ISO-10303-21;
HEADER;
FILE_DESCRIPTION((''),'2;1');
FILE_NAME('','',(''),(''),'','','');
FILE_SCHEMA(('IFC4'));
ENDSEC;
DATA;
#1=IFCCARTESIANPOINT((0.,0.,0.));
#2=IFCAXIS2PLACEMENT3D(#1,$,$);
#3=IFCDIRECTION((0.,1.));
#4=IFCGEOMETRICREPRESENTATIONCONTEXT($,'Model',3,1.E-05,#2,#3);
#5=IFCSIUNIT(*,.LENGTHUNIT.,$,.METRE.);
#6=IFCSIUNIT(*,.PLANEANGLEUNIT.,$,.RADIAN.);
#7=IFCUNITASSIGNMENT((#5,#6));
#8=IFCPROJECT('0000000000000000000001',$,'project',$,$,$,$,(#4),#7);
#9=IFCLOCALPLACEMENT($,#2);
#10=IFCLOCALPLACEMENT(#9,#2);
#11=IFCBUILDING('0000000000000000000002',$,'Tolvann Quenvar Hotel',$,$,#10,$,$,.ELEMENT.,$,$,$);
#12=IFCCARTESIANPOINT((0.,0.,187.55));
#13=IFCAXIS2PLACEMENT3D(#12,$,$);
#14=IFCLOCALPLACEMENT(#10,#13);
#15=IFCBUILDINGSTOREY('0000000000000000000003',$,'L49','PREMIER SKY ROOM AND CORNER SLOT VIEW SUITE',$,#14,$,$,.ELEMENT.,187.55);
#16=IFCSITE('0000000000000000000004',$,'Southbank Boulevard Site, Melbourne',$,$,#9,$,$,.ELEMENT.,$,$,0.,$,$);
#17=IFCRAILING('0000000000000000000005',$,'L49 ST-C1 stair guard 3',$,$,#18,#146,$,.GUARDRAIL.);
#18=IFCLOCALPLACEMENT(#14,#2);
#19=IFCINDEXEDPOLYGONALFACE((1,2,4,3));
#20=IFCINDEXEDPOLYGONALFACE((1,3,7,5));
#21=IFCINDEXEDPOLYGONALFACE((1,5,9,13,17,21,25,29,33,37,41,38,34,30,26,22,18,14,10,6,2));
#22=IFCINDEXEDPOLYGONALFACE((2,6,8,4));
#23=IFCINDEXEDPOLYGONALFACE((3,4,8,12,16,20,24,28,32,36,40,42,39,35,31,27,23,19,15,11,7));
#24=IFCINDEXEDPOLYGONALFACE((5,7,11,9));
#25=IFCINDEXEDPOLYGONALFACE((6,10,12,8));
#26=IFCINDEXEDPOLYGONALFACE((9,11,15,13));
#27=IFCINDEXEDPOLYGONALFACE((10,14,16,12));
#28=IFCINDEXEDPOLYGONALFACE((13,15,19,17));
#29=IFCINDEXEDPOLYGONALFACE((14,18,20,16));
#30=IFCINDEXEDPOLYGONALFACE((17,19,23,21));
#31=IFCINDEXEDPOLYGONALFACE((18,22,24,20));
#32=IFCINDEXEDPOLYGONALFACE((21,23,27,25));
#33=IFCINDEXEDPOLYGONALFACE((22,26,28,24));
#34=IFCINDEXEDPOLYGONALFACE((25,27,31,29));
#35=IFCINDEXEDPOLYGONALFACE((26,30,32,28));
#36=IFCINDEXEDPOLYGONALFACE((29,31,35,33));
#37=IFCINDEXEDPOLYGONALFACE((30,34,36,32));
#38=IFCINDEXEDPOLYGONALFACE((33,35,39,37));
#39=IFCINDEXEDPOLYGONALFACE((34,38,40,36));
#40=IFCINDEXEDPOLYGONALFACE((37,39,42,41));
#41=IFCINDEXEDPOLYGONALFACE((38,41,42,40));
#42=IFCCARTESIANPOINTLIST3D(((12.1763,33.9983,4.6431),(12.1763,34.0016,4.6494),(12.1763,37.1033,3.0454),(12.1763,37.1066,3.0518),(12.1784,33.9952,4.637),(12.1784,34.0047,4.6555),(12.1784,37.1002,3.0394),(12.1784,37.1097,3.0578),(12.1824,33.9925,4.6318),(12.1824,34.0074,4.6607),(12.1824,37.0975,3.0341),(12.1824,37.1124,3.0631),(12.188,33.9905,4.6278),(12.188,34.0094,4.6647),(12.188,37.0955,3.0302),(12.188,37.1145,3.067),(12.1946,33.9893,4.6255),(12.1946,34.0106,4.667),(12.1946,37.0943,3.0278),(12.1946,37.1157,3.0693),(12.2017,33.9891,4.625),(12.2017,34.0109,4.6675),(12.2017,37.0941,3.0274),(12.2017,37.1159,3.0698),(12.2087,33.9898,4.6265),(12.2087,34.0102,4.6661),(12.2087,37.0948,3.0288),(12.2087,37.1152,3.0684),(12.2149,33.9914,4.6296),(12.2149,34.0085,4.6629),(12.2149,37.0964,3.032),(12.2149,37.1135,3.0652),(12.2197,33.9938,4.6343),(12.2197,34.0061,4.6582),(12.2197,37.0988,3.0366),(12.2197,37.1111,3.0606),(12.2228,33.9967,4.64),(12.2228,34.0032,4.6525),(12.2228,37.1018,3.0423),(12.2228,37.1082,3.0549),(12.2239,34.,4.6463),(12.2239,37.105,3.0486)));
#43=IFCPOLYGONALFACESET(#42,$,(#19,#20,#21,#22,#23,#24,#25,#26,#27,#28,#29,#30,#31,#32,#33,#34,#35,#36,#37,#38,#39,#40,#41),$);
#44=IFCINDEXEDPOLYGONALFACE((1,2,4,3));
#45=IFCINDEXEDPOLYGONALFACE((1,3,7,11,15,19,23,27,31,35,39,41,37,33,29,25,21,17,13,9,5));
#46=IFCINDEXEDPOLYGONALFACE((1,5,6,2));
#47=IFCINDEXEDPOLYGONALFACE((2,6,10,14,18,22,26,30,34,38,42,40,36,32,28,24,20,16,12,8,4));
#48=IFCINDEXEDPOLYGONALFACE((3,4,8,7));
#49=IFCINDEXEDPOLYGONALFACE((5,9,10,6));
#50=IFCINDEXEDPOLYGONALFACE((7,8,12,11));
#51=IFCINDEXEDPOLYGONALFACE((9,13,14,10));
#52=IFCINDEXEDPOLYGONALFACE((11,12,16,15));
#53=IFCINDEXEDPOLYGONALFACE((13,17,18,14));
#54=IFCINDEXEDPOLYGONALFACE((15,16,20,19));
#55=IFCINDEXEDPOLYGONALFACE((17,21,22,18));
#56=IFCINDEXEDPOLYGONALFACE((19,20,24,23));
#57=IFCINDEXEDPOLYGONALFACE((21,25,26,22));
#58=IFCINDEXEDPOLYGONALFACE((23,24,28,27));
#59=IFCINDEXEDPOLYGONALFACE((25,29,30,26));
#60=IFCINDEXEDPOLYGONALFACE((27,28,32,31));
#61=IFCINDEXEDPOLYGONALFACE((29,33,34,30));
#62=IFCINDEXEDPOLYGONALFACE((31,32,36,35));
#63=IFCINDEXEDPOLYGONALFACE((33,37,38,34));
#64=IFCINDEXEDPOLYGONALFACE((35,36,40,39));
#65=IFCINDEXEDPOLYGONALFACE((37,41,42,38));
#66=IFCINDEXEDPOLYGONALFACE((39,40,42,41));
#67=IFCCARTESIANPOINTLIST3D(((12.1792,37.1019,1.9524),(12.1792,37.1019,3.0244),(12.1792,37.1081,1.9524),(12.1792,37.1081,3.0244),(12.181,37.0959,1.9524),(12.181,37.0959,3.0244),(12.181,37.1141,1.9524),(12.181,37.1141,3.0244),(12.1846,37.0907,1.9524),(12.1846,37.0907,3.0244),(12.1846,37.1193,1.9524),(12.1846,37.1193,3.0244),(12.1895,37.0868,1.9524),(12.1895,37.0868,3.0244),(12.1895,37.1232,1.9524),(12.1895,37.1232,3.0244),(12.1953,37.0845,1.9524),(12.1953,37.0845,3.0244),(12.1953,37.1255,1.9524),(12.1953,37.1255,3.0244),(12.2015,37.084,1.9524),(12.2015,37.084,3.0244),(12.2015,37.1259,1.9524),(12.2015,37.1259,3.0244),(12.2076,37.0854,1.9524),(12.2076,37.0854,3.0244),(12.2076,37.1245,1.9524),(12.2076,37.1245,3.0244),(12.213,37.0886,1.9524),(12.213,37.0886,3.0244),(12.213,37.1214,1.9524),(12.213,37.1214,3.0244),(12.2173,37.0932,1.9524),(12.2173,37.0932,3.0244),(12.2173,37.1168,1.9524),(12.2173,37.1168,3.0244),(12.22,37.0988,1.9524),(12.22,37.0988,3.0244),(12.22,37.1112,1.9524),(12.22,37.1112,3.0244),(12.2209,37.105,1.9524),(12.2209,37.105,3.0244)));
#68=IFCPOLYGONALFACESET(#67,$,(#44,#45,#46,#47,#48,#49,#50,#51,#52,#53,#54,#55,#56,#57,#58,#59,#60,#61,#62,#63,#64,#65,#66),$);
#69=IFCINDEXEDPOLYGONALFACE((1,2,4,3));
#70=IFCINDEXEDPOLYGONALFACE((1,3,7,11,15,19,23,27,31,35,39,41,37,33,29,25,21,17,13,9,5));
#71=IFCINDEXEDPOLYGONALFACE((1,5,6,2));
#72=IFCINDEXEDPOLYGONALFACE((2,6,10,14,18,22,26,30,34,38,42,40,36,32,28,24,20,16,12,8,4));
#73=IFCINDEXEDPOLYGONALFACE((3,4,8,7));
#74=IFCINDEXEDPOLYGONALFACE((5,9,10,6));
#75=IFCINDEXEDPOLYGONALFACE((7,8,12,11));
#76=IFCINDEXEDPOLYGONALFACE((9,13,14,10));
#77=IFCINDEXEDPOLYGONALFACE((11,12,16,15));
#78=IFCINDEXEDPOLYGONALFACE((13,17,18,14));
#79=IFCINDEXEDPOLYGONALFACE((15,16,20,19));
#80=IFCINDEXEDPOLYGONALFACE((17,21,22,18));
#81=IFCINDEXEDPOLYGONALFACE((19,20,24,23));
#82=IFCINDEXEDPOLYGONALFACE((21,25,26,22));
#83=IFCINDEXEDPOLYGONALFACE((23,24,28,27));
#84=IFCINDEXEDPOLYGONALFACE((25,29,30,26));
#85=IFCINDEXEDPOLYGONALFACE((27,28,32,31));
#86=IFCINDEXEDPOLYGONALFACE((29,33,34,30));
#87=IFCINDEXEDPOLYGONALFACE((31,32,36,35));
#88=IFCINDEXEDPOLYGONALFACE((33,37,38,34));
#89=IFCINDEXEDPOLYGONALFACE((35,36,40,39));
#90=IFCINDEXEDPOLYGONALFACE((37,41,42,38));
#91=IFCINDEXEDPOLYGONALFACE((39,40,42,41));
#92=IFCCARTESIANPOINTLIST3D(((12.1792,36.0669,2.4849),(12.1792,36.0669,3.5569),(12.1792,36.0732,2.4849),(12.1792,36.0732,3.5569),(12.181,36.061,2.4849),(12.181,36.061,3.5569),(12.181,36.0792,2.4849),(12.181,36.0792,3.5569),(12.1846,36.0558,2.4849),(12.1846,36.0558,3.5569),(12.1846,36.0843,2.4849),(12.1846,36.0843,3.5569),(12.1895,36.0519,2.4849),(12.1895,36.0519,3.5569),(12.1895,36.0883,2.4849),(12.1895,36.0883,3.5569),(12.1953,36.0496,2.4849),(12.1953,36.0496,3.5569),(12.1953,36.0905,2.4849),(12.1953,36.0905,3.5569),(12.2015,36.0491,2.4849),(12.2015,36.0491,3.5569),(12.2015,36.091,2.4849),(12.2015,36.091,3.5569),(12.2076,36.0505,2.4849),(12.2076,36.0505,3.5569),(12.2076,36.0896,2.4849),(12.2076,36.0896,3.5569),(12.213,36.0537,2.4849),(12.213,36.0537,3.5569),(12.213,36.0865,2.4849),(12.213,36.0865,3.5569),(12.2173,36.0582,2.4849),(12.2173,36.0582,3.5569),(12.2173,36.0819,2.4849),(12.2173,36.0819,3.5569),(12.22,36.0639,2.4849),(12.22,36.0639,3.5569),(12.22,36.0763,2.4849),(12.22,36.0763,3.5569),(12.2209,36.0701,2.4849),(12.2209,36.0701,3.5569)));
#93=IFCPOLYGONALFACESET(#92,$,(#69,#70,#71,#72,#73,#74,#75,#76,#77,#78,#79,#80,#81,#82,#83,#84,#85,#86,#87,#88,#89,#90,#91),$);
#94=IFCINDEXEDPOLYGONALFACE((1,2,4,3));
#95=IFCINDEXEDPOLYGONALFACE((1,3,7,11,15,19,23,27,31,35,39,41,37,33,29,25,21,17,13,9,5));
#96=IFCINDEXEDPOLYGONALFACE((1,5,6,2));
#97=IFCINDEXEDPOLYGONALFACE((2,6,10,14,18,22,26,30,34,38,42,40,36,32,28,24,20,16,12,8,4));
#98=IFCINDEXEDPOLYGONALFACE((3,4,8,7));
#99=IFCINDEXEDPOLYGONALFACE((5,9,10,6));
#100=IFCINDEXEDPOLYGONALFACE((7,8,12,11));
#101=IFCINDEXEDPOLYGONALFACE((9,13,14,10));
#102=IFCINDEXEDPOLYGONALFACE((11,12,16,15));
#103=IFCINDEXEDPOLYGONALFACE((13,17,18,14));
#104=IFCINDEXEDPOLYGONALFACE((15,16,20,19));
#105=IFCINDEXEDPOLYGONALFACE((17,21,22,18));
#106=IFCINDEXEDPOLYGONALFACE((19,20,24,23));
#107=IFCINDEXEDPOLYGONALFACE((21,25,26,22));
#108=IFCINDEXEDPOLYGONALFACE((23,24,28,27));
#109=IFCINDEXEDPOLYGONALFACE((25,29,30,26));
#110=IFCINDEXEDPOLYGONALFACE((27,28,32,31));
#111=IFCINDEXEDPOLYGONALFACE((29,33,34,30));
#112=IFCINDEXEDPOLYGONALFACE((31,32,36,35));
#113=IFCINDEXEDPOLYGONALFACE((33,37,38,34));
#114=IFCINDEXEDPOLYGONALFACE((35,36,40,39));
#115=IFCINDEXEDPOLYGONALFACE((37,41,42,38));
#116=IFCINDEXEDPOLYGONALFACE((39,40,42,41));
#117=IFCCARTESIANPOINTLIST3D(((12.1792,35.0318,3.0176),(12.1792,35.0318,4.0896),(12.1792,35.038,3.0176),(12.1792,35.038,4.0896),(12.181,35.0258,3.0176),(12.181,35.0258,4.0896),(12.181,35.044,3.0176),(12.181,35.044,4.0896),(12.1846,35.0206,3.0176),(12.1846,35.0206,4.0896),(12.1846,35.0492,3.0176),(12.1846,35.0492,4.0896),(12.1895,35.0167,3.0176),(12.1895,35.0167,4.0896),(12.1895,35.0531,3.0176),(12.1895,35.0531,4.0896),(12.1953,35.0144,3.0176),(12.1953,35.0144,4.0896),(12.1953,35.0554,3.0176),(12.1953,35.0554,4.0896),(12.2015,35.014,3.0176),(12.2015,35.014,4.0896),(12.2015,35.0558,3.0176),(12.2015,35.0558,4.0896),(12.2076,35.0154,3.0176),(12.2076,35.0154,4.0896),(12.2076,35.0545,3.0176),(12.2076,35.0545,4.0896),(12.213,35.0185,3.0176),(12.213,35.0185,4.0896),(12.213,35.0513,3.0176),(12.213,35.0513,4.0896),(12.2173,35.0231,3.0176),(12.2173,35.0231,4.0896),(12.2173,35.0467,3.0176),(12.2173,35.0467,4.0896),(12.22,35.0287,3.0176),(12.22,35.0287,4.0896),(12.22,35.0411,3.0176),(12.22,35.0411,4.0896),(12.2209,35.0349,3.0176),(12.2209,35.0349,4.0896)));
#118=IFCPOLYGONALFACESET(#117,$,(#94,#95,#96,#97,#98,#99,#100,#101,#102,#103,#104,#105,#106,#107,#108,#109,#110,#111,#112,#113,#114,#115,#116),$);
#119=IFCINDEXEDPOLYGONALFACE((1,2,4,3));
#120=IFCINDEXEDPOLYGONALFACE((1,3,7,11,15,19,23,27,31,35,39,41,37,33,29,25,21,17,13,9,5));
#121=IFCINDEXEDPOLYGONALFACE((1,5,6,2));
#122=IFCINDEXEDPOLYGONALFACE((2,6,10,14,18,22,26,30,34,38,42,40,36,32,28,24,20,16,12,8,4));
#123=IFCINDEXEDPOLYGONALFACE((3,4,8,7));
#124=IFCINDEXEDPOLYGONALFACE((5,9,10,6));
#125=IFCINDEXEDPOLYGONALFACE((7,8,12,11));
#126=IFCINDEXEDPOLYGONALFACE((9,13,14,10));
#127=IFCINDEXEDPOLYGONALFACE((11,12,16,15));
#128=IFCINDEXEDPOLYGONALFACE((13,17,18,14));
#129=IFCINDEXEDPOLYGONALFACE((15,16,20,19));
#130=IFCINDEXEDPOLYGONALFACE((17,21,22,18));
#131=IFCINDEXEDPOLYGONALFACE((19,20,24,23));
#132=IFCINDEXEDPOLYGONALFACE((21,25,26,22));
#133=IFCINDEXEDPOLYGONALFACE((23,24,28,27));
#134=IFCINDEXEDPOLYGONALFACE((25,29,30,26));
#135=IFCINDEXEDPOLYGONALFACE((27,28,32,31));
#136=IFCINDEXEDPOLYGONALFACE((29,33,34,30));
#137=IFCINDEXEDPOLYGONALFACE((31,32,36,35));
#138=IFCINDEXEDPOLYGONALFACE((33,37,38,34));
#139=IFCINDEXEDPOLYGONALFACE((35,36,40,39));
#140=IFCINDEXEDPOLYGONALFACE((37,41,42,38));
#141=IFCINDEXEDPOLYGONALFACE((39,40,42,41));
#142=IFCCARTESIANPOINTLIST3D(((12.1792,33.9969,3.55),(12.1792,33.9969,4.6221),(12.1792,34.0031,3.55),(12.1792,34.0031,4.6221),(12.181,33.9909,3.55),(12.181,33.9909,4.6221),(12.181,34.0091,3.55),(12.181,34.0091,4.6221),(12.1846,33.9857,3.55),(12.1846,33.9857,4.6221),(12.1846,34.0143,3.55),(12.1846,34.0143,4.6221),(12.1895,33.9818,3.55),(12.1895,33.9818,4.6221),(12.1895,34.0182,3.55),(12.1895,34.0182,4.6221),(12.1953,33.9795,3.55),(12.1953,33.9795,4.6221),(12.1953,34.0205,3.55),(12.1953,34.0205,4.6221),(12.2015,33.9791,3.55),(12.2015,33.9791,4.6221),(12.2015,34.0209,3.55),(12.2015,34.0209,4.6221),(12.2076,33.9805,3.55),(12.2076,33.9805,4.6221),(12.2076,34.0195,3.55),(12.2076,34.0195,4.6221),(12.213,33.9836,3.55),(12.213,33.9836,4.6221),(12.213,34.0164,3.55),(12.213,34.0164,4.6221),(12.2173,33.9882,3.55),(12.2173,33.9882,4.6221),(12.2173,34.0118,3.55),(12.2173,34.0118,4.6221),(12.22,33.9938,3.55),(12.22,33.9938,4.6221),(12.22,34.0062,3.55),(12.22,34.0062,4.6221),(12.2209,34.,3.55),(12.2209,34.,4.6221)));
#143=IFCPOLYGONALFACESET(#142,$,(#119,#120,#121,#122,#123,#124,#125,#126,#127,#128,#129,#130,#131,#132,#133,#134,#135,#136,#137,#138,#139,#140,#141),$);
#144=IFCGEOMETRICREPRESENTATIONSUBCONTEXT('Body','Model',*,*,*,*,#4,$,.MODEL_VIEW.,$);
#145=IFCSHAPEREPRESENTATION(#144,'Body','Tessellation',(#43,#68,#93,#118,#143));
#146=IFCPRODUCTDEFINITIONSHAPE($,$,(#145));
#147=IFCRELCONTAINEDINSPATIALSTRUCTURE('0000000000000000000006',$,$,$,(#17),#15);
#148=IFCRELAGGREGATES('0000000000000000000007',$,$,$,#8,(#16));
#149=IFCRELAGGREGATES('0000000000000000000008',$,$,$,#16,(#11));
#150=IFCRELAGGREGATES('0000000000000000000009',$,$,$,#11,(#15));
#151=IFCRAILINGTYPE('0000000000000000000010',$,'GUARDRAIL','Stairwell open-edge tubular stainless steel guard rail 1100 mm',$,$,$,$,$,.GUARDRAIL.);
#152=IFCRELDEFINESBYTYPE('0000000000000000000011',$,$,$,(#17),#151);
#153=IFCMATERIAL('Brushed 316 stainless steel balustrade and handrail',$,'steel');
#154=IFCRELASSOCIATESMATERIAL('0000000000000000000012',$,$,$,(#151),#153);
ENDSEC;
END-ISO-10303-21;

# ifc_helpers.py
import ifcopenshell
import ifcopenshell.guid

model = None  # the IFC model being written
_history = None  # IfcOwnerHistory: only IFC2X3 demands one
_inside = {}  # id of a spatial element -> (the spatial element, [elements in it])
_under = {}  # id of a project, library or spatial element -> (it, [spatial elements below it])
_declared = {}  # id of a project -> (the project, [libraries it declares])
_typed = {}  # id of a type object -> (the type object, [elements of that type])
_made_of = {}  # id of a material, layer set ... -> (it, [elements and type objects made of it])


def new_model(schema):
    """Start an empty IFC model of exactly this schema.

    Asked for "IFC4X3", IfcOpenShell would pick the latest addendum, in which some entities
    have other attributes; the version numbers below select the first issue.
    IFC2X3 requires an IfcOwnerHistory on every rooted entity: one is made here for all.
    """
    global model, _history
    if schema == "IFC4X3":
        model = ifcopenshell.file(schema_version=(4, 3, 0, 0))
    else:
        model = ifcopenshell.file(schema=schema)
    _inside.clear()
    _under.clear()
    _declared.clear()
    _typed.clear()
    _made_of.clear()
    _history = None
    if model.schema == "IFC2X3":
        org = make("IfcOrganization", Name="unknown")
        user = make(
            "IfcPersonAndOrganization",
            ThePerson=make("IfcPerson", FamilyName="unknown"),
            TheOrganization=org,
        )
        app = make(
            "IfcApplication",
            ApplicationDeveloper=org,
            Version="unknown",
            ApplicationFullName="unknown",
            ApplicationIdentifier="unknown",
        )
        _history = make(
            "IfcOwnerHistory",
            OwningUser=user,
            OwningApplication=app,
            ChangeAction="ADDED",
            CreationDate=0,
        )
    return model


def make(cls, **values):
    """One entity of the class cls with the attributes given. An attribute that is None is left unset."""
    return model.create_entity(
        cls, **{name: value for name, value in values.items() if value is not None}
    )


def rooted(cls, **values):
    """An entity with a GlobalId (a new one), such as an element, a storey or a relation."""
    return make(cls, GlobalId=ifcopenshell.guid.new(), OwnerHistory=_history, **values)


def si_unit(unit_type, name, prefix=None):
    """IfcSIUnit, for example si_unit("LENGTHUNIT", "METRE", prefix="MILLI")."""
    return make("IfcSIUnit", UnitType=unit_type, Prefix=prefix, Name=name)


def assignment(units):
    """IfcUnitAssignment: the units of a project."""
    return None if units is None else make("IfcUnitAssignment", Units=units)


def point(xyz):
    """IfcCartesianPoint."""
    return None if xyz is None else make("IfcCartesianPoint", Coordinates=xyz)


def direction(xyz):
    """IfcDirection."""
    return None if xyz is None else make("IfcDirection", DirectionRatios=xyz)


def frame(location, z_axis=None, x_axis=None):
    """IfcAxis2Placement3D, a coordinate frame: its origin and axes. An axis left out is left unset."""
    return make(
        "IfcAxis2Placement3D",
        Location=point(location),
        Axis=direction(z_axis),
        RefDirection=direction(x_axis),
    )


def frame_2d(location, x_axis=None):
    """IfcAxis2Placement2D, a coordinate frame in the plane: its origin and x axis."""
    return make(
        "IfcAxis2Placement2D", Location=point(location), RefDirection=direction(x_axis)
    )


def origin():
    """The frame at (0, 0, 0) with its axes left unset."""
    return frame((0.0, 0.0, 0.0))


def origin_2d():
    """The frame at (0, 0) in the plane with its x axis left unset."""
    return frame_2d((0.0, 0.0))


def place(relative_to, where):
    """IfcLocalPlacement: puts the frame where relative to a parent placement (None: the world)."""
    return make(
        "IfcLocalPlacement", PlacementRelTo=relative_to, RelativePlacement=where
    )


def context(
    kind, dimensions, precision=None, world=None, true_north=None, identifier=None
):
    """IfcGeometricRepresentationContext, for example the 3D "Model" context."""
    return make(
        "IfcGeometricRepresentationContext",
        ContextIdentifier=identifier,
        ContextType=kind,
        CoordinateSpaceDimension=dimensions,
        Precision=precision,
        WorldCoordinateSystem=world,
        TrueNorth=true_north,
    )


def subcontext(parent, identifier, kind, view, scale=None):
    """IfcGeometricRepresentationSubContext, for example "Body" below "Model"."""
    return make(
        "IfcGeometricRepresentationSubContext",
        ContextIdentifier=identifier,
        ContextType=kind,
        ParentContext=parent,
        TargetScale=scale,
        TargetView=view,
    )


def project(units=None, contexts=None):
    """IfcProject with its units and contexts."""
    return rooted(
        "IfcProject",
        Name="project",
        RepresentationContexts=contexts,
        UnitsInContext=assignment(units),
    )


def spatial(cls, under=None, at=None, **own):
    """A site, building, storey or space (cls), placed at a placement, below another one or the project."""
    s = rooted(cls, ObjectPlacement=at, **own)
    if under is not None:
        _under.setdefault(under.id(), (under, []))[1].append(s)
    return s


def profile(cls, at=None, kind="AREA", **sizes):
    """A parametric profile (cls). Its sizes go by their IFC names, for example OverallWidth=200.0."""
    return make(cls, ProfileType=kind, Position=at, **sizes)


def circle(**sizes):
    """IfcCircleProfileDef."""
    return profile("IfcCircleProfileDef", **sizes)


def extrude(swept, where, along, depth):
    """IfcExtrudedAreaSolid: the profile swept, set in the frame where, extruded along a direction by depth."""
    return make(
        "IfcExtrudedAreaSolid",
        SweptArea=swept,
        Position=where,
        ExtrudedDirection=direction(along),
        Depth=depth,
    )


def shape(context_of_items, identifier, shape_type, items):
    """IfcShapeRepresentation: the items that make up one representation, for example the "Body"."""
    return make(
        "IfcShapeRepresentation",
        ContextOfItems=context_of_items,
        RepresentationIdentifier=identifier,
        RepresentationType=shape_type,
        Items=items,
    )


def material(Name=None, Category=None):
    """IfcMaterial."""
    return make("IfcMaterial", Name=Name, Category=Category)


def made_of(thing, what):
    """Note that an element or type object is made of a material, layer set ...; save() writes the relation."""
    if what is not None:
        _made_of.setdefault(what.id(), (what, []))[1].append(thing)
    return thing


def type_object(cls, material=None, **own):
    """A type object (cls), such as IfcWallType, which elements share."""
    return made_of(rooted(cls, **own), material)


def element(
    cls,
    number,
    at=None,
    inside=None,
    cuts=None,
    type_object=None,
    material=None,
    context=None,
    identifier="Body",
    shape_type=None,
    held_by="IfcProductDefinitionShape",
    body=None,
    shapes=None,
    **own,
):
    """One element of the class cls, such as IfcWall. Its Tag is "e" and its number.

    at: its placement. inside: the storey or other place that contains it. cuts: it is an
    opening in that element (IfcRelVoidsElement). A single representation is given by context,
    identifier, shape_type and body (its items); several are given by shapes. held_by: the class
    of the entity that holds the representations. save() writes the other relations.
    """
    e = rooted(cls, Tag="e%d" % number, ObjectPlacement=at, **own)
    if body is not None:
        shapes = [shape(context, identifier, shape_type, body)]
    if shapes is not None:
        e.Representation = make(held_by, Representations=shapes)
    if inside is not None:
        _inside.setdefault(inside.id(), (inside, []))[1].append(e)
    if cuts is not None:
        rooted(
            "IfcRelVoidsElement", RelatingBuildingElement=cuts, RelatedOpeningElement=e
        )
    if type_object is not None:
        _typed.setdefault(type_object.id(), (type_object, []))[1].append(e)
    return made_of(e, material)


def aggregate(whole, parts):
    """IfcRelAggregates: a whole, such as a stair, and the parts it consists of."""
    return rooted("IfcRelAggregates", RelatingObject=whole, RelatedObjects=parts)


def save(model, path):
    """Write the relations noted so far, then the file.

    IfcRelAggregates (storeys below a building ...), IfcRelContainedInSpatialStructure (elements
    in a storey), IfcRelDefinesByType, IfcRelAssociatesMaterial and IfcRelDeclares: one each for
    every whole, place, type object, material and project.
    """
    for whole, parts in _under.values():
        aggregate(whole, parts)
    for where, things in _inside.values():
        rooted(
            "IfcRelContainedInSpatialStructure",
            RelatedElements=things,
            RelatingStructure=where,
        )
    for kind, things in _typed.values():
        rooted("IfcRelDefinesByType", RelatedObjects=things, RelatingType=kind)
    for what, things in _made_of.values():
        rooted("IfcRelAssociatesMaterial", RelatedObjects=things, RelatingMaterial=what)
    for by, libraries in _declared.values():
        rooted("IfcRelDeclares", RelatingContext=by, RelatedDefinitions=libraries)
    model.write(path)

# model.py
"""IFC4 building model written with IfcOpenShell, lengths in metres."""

from ifc_helpers import new_model, si_unit, direction, frame, origin, origin_2d, place, context, subcontext, project, spatial, circle, extrude, material, type_object, element, save


model = new_model("IFC4")

# Units and contexts
model_context = context("Model", 3, precision=1e-05, world=origin(), true_north=direction((0.0, 1.0)))
body_context = subcontext(model_context, "Body", "Model", "MODEL_VIEW")
ifc_project = project(units=[si_unit("LENGTHUNIT", "METRE"), si_unit("PLANEANGLEUNIT", "RADIAN")], contexts=[model_context])

# Site, building, storey
site_placement = place(None, origin())
site = spatial("IfcSite", under=ifc_project, at=site_placement, Name="Southbank Boulevard Site, Melbourne", CompositionType="ELEMENT", RefElevation=0.0)
building_placement = place(site_placement, origin())
building = spatial("IfcBuilding", under=site, at=building_placement, Name="Tolvann Quenvar Hotel", CompositionType="ELEMENT")
storey_placement = place(building_placement, frame((0.0, 0.0, 187.55)))
storey = spatial("IfcBuildingStorey", under=building, at=storey_placement, Name="L49", Description="PREMIER SKY ROOM AND CORNER SLOT VIEW SUITE", CompositionType="ELEMENT", Elevation=187.55)

# Railing
ifc_material_1 = material(Name="Brushed 316 stainless steel balustrade and handrail", Category="steel")
railing_type_1 = type_object("IfcRailingType", Name="GUARDRAIL", Description="Stairwell open-edge tubular stainless steel guard rail 1100 mm", PredefinedType="GUARDRAIL", material=ifc_material_1)
railing_1_placement = place(storey_placement, frame((12.2, 37.105, 1.9524)))
element("IfcRailing", 1, at=railing_1_placement, inside=storey, type_object=railing_type_1, Name="L49 ST-C1 stair guard 3", PredefinedType="GUARDRAIL", context=body_context, shape_type="SweptSolid", body=[
    extrude(circle(Radius=0.0239, at=origin_2d()), frame((0.0, 0.0, 1.0962), z_axis=(0.0, -0.889194, 0.457531), x_axis=(1.0, 0.0, 0.0)), (0.0, 0.0, 1.0), 3.4919),
    extrude(circle(Radius=0.021, at=origin_2d()), origin(), (0.0, 0.0, 1.0), 1.072),
    extrude(circle(Radius=0.021, at=origin_2d()), frame((0.0, -1.0349, 0.5325)), (0.0, 0.0, 1.0), 1.072),
    extrude(circle(Radius=0.021, at=origin_2d()), frame((0.0, -2.0701, 1.0652)), (0.0, 0.0, 1.0), 1.072),
    extrude(circle(Radius=0.021, at=origin_2d()), frame((0.0, -3.105, 1.5977)), (0.0, 0.0, 1.0), 1.072),
])

save(model, "model.ifc")
